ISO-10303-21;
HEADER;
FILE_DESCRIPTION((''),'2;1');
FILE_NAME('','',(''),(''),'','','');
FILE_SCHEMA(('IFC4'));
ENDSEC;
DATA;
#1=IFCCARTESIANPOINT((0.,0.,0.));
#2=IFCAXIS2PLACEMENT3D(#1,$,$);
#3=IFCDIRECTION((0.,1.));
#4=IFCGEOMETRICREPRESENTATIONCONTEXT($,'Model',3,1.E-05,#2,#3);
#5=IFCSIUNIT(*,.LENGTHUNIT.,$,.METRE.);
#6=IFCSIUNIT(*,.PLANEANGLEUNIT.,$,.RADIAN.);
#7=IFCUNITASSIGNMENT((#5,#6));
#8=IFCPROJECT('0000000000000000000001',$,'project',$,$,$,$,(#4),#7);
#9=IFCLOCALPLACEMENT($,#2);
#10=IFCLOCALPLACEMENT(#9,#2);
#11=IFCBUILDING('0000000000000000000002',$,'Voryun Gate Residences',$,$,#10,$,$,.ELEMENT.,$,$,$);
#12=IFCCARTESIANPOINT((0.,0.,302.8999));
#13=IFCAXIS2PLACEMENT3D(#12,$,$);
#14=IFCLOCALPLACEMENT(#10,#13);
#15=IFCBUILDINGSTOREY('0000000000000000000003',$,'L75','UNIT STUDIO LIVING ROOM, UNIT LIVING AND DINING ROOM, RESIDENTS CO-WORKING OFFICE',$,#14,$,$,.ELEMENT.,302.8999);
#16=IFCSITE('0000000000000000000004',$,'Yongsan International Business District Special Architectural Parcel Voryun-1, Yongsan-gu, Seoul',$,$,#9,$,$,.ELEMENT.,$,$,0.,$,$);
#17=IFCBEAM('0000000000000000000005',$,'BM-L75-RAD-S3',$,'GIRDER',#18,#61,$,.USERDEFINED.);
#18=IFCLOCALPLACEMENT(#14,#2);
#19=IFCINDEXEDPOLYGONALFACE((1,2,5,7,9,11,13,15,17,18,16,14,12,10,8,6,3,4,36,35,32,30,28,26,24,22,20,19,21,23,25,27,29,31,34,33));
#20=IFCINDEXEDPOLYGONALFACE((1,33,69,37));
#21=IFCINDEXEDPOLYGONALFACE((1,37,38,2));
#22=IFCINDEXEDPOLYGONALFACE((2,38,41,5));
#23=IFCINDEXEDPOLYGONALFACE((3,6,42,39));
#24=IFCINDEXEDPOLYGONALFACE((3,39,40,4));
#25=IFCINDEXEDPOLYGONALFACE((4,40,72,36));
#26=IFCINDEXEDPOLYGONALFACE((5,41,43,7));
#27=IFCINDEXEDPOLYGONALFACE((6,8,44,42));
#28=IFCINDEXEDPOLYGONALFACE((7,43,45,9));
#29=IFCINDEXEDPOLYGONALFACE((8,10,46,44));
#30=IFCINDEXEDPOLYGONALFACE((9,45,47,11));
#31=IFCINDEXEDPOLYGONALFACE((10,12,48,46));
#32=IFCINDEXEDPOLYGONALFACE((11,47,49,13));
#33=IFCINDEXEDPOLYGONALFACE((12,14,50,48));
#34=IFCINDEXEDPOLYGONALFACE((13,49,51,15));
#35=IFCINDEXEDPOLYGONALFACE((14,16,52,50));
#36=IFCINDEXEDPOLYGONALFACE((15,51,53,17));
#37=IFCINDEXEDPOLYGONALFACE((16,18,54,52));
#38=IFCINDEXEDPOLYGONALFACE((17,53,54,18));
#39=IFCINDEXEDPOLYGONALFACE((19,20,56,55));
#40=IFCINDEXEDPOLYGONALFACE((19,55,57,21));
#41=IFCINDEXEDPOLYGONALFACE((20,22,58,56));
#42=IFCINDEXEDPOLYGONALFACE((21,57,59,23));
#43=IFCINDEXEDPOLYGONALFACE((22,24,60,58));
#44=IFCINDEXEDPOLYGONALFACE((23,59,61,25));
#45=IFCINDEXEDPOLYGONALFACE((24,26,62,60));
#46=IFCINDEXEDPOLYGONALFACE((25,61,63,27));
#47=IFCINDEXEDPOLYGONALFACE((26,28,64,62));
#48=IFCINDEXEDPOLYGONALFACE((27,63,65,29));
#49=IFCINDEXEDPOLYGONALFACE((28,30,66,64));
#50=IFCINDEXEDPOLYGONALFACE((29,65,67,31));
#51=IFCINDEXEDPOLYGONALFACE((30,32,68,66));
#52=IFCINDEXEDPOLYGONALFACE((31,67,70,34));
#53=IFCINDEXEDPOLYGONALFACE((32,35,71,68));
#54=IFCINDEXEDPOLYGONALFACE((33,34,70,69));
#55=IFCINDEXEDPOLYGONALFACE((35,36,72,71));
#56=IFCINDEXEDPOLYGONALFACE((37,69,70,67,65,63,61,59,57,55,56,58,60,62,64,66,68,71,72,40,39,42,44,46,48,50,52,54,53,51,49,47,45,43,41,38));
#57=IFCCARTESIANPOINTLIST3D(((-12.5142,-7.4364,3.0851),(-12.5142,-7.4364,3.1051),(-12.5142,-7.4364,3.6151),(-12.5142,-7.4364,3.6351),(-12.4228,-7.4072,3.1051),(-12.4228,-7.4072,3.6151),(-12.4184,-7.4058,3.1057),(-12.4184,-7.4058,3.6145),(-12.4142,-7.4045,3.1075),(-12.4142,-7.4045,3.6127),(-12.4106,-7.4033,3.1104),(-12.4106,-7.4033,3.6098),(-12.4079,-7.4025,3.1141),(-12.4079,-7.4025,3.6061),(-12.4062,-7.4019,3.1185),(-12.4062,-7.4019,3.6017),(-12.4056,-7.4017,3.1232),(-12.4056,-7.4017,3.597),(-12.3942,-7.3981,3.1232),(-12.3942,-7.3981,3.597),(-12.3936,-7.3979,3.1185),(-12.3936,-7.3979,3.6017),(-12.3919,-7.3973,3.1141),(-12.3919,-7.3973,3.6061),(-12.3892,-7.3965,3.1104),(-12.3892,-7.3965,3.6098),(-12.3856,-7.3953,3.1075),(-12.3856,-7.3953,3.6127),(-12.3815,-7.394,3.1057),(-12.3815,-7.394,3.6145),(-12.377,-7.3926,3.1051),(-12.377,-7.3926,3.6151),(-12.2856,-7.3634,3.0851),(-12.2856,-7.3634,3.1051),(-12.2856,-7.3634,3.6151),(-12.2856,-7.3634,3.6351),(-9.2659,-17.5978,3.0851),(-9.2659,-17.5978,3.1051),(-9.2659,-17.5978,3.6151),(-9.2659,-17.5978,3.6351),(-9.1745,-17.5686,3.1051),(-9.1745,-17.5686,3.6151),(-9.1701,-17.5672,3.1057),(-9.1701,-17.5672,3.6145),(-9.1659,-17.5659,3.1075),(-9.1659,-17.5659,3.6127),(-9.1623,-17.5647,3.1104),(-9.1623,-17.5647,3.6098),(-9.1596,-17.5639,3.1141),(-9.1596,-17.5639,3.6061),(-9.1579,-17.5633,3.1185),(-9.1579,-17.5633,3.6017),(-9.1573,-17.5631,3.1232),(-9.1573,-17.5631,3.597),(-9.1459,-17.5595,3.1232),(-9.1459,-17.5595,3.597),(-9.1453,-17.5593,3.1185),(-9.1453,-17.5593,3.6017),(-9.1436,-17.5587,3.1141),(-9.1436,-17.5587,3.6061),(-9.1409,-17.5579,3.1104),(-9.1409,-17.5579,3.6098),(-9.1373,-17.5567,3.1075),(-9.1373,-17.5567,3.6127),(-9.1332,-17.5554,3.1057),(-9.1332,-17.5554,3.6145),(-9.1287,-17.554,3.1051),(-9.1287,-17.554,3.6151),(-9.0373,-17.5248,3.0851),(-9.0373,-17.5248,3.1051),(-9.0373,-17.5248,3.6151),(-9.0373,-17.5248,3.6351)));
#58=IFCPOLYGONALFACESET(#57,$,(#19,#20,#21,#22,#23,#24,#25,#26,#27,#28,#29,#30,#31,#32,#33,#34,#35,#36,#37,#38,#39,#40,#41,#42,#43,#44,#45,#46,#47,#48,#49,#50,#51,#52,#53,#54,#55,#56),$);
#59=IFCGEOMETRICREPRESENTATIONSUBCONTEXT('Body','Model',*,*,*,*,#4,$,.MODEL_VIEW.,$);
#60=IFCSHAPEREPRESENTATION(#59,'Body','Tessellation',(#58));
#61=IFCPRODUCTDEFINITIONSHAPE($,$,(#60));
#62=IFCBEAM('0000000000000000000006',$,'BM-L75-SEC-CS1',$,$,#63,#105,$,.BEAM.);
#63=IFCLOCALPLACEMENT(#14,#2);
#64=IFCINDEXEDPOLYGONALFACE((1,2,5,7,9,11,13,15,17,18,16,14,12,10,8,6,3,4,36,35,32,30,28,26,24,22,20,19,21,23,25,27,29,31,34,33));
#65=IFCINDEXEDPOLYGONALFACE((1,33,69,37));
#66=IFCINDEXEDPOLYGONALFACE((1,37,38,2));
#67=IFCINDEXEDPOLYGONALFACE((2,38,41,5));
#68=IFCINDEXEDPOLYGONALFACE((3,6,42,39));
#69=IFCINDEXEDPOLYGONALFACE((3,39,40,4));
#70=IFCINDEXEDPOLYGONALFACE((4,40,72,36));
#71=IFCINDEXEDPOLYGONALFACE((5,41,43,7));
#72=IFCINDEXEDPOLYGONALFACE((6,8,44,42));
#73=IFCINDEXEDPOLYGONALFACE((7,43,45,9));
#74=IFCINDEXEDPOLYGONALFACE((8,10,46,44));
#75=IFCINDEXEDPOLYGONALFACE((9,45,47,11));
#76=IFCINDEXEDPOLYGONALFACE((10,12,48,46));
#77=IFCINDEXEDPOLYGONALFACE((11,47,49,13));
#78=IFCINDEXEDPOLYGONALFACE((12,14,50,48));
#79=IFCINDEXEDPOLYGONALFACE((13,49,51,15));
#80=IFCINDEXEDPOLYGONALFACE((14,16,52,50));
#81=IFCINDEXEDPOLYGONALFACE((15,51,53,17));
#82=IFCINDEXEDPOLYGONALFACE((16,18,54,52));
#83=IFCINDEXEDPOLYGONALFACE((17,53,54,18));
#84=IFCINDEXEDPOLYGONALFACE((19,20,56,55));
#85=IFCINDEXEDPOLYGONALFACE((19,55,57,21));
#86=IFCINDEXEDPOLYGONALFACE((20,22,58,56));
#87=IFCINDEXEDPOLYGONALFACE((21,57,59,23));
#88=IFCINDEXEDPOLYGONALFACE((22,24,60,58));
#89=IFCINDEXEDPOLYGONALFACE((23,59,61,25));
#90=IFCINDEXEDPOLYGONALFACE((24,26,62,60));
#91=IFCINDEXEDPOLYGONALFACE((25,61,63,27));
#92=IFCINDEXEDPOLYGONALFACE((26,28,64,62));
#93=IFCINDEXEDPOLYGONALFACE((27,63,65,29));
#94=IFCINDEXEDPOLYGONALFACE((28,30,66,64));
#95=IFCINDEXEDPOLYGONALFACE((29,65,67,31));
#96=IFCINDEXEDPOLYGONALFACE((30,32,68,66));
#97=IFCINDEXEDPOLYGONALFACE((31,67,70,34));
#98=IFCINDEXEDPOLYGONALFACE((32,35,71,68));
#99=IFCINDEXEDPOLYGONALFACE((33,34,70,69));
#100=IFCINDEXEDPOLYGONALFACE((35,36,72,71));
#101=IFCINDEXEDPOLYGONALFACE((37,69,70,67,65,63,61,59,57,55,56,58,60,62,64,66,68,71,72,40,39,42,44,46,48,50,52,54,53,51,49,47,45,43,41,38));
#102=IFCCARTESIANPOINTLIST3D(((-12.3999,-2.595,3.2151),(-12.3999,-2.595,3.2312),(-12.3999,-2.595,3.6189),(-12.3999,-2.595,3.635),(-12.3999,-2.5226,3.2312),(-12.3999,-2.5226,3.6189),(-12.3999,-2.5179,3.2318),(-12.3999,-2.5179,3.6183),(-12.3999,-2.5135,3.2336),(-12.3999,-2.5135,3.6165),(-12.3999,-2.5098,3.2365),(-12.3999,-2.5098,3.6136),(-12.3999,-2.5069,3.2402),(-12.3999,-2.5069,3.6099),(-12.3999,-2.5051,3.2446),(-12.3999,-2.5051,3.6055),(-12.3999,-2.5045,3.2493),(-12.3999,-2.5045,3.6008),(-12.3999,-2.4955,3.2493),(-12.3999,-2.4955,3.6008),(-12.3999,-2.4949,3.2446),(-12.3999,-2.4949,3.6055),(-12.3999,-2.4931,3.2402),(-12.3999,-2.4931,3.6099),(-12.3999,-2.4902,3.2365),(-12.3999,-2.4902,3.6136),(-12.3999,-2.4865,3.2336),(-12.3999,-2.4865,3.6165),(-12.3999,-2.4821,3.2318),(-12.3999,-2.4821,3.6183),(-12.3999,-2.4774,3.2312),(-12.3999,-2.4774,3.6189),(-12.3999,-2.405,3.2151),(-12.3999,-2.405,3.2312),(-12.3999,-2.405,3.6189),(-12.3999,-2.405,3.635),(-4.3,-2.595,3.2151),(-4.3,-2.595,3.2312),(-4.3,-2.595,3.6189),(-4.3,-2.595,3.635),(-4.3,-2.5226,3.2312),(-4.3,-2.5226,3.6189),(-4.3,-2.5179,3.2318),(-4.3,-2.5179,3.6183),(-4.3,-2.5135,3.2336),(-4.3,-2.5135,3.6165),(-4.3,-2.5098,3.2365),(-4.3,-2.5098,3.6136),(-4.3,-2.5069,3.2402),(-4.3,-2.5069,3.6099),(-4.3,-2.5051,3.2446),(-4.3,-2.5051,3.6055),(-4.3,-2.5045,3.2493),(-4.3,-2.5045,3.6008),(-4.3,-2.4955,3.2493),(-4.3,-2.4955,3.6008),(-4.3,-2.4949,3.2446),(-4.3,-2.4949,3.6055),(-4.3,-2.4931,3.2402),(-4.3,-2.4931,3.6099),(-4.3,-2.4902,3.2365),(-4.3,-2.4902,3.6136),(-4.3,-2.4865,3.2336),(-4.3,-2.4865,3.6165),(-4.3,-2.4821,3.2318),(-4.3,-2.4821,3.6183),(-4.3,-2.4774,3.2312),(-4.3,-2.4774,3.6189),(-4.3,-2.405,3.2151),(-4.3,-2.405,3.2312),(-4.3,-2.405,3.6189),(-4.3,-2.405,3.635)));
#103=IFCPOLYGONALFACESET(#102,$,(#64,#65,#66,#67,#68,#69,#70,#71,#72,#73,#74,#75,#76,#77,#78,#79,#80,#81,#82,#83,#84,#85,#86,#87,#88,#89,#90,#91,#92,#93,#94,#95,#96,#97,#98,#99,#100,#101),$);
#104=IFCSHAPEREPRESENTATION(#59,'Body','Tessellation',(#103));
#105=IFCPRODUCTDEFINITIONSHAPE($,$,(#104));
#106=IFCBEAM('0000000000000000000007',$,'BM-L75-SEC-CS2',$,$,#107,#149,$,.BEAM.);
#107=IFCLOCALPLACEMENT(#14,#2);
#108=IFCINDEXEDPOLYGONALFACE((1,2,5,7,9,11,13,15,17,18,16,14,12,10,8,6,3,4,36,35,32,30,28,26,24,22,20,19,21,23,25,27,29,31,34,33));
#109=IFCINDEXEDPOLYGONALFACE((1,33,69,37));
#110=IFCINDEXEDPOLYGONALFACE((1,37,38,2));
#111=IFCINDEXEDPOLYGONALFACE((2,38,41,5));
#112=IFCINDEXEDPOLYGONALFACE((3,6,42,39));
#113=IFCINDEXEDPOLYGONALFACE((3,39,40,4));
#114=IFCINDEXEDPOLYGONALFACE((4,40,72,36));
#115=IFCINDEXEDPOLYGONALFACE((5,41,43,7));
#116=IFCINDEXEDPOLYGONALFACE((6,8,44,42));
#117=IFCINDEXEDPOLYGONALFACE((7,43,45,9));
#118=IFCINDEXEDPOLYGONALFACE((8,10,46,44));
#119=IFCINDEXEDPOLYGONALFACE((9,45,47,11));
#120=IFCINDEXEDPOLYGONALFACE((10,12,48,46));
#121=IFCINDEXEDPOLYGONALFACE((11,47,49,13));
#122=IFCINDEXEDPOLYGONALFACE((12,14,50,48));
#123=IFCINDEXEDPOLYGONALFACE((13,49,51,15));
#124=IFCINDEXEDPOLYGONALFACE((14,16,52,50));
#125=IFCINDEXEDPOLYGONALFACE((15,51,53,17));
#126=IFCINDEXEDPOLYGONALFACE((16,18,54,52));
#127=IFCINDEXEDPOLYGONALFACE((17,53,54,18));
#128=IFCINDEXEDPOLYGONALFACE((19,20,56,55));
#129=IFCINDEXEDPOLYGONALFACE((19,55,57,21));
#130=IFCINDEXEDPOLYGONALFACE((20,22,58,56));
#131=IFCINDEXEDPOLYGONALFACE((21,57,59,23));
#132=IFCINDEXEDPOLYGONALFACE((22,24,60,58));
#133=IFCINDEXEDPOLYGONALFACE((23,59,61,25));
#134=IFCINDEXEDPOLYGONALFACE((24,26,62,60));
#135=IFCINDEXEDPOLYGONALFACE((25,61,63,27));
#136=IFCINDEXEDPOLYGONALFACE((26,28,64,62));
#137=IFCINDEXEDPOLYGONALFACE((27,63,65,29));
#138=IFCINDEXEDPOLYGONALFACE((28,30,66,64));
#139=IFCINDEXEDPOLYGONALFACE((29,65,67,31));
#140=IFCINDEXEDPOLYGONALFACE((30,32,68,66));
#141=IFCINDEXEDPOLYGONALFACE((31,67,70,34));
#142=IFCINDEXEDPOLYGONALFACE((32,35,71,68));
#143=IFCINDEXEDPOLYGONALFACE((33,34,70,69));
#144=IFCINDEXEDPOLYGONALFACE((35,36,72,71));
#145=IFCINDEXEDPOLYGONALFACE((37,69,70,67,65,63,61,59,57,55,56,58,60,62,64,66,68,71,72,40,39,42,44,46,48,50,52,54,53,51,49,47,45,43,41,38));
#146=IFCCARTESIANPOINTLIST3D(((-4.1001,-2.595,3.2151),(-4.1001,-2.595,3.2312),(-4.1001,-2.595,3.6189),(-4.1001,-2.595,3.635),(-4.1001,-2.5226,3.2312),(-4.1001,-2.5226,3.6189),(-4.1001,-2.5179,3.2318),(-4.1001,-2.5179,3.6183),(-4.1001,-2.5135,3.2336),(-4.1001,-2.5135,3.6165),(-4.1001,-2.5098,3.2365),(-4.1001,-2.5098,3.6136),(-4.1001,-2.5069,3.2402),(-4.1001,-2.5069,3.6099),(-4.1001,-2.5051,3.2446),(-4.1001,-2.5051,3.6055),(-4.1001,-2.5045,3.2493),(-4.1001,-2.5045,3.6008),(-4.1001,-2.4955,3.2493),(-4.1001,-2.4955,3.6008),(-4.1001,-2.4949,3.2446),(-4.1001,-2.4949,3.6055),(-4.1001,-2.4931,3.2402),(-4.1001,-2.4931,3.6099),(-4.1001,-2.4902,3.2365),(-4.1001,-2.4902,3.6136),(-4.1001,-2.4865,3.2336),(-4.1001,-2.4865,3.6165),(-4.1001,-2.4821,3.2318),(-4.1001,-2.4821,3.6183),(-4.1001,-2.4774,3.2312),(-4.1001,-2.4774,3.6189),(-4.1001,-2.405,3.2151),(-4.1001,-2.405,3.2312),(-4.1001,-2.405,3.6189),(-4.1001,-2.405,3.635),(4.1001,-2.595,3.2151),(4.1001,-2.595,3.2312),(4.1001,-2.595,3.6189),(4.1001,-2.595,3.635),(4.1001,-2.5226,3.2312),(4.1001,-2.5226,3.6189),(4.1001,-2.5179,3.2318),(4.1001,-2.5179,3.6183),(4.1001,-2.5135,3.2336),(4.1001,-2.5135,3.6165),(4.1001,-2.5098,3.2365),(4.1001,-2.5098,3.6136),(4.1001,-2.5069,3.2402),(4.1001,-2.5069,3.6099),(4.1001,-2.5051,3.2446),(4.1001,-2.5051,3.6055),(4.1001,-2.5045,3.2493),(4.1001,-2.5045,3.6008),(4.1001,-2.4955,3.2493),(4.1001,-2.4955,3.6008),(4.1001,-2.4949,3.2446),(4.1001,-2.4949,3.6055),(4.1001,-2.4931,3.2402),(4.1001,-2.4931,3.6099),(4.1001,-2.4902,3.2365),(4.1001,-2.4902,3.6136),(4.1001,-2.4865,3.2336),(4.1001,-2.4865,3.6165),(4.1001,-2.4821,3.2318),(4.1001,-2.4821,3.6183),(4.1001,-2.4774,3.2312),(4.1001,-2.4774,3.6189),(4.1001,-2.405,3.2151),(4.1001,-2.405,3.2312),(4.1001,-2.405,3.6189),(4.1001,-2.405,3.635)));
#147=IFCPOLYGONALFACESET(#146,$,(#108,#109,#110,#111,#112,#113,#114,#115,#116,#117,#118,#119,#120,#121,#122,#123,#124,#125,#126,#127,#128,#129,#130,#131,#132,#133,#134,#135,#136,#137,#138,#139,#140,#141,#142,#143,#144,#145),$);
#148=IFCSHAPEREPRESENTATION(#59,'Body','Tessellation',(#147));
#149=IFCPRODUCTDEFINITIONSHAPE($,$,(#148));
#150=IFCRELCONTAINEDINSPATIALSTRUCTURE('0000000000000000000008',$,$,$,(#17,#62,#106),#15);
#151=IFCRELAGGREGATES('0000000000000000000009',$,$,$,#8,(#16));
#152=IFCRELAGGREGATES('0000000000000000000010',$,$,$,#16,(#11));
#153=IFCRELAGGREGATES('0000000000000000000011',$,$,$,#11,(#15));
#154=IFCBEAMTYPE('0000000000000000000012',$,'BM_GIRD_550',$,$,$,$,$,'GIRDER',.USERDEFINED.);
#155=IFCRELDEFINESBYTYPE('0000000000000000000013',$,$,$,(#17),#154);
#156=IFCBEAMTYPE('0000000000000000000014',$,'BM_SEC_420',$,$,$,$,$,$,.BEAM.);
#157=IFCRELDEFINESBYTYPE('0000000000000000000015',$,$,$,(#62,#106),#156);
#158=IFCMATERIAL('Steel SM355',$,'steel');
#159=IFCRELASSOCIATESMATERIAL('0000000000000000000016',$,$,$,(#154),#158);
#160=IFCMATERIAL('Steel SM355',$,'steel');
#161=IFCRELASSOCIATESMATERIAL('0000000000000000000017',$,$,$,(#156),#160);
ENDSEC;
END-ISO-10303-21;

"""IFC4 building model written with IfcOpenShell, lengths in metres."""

from ifc_helpers import new_model, si_unit, direction, frame, origin, origin_2d, place, context, subcontext, project, spatial, i_section, extrude, material, material_profile, profile_set, type_object, element, save


model = new_model("IFC4")

# Units and contexts
model_context = context("Model", 3, precision=1e-05, world=origin(), true_north=direction((0.0, 1.0)))
body_context = subcontext(model_context, "Body", "Model", "MODEL_VIEW")
ifc_project = project(units=[si_unit("LENGTHUNIT", "METRE"), si_unit("PLANEANGLEUNIT", "RADIAN")], contexts=[model_context])

# Site, building, storey
site_placement = place(None, origin())
site = spatial("IfcSite", under=ifc_project, at=site_placement, Name="Yongsan International Business District Special Architectural Parcel Voryun-1, Yongsan-gu, Seoul", CompositionType="ELEMENT", RefElevation=0.0)
building_placement = place(site_placement, origin())
building = spatial("IfcBuilding", under=site, at=building_placement, Name="Voryun Gate Residences", CompositionType="ELEMENT")
storey_placement = place(building_placement, frame((0.0, 0.0, 302.8999)))
storey = spatial("IfcBuildingStorey", under=building, at=storey_placement, Name="L75", Description="UNIT STUDIO LIVING ROOM, UNIT LIVING AND DINING ROOM, RESIDENTS CO-WORKING OFFICE", CompositionType="ELEMENT", Elevation=302.8999)

# Beams
ifc_material_1 = material(Name="Steel SM355", Category="steel")
ifc_material_profile_1 = material_profile(ifc_material_1, i_section(OverallWidth=0.24, OverallDepth=0.55, WebThickness=0.012, FlangeThickness=0.02, FilletRadius=0.0181, at=origin_2d()), Name="H-550x240x12x20")
ifc_profile_set_1 = profile_set([ifc_material_profile_1], Name="Steel SM355")
beam_type_1 = type_object("IfcBeamType", Name="BM_GIRD_550", ElementType="GIRDER", PredefinedType="USERDEFINED", material=ifc_profile_set_1)
beam_1_placement = place(storey_placement, frame((-12.3999, -7.3999, 3.3601), z_axis=(0.304491, -0.952515, 0.0), x_axis=(0.952515, 0.304491, 0.0)))
element("IfcBeam", 1, at=beam_1_placement, inside=storey, type_object=beam_type_1, Name="BM-L75-RAD-S3", ObjectType="GIRDER", PredefinedType="USERDEFINED", context=body_context, shape_type="SweptSolid", body=[
    extrude(i_section(OverallWidth=0.24, OverallDepth=0.55, WebThickness=0.012, FlangeThickness=0.02, FilletRadius=0.0181, at=origin_2d()), origin(), (0.0, 0.0, 1.0), 10.668),
])
ifc_material_2 = material(Name="Steel SM355", Category="steel")
ifc_material_profile_2 = material_profile(ifc_material_2, i_section(OverallWidth=0.1899, OverallDepth=0.4199, WebThickness=0.009, FlangeThickness=0.0161, FilletRadius=0.0181, at=origin_2d()), Name="H-420x190x9x16")
ifc_profile_set_2 = profile_set([ifc_material_profile_2], Name="Steel SM355")
beam_type_2 = type_object("IfcBeamType", Name="BM_SEC_420", PredefinedType="BEAM", material=ifc_profile_set_2)
beam_2_placement = place(storey_placement, frame((-12.3999, -2.5, 3.425), z_axis=(1.0, 0.0, 0.0), x_axis=(0.0, 1.0, 0.0)))
element("IfcBeam", 2, at=beam_2_placement, inside=storey, type_object=beam_type_2, Name="BM-L75-SEC-CS1", PredefinedType="BEAM", context=body_context, shape_type="SweptSolid", body=[
    extrude(i_section(OverallWidth=0.1899, OverallDepth=0.4199, WebThickness=0.009, FlangeThickness=0.0161, FilletRadius=0.0181, at=origin_2d()), origin(), (0.0, 0.0, 1.0), 8.0999),
])
beam_3_placement = place(storey_placement, frame((-4.1001, -2.5, 3.425), z_axis=(1.0, 0.0, 0.0), x_axis=(0.0, 1.0, 0.0)))
element("IfcBeam", 3, at=beam_3_placement, inside=storey, type_object=beam_type_2, Name="BM-L75-SEC-CS2", PredefinedType="BEAM", context=body_context, shape_type="SweptSolid", body=[
    extrude(i_section(OverallWidth=0.1899, OverallDepth=0.4199, WebThickness=0.009, FlangeThickness=0.0161, FilletRadius=0.0181, at=origin_2d()), origin(), (0.0, 0.0, 1.0), 8.2002),
])

save(model, "model.ifc")
